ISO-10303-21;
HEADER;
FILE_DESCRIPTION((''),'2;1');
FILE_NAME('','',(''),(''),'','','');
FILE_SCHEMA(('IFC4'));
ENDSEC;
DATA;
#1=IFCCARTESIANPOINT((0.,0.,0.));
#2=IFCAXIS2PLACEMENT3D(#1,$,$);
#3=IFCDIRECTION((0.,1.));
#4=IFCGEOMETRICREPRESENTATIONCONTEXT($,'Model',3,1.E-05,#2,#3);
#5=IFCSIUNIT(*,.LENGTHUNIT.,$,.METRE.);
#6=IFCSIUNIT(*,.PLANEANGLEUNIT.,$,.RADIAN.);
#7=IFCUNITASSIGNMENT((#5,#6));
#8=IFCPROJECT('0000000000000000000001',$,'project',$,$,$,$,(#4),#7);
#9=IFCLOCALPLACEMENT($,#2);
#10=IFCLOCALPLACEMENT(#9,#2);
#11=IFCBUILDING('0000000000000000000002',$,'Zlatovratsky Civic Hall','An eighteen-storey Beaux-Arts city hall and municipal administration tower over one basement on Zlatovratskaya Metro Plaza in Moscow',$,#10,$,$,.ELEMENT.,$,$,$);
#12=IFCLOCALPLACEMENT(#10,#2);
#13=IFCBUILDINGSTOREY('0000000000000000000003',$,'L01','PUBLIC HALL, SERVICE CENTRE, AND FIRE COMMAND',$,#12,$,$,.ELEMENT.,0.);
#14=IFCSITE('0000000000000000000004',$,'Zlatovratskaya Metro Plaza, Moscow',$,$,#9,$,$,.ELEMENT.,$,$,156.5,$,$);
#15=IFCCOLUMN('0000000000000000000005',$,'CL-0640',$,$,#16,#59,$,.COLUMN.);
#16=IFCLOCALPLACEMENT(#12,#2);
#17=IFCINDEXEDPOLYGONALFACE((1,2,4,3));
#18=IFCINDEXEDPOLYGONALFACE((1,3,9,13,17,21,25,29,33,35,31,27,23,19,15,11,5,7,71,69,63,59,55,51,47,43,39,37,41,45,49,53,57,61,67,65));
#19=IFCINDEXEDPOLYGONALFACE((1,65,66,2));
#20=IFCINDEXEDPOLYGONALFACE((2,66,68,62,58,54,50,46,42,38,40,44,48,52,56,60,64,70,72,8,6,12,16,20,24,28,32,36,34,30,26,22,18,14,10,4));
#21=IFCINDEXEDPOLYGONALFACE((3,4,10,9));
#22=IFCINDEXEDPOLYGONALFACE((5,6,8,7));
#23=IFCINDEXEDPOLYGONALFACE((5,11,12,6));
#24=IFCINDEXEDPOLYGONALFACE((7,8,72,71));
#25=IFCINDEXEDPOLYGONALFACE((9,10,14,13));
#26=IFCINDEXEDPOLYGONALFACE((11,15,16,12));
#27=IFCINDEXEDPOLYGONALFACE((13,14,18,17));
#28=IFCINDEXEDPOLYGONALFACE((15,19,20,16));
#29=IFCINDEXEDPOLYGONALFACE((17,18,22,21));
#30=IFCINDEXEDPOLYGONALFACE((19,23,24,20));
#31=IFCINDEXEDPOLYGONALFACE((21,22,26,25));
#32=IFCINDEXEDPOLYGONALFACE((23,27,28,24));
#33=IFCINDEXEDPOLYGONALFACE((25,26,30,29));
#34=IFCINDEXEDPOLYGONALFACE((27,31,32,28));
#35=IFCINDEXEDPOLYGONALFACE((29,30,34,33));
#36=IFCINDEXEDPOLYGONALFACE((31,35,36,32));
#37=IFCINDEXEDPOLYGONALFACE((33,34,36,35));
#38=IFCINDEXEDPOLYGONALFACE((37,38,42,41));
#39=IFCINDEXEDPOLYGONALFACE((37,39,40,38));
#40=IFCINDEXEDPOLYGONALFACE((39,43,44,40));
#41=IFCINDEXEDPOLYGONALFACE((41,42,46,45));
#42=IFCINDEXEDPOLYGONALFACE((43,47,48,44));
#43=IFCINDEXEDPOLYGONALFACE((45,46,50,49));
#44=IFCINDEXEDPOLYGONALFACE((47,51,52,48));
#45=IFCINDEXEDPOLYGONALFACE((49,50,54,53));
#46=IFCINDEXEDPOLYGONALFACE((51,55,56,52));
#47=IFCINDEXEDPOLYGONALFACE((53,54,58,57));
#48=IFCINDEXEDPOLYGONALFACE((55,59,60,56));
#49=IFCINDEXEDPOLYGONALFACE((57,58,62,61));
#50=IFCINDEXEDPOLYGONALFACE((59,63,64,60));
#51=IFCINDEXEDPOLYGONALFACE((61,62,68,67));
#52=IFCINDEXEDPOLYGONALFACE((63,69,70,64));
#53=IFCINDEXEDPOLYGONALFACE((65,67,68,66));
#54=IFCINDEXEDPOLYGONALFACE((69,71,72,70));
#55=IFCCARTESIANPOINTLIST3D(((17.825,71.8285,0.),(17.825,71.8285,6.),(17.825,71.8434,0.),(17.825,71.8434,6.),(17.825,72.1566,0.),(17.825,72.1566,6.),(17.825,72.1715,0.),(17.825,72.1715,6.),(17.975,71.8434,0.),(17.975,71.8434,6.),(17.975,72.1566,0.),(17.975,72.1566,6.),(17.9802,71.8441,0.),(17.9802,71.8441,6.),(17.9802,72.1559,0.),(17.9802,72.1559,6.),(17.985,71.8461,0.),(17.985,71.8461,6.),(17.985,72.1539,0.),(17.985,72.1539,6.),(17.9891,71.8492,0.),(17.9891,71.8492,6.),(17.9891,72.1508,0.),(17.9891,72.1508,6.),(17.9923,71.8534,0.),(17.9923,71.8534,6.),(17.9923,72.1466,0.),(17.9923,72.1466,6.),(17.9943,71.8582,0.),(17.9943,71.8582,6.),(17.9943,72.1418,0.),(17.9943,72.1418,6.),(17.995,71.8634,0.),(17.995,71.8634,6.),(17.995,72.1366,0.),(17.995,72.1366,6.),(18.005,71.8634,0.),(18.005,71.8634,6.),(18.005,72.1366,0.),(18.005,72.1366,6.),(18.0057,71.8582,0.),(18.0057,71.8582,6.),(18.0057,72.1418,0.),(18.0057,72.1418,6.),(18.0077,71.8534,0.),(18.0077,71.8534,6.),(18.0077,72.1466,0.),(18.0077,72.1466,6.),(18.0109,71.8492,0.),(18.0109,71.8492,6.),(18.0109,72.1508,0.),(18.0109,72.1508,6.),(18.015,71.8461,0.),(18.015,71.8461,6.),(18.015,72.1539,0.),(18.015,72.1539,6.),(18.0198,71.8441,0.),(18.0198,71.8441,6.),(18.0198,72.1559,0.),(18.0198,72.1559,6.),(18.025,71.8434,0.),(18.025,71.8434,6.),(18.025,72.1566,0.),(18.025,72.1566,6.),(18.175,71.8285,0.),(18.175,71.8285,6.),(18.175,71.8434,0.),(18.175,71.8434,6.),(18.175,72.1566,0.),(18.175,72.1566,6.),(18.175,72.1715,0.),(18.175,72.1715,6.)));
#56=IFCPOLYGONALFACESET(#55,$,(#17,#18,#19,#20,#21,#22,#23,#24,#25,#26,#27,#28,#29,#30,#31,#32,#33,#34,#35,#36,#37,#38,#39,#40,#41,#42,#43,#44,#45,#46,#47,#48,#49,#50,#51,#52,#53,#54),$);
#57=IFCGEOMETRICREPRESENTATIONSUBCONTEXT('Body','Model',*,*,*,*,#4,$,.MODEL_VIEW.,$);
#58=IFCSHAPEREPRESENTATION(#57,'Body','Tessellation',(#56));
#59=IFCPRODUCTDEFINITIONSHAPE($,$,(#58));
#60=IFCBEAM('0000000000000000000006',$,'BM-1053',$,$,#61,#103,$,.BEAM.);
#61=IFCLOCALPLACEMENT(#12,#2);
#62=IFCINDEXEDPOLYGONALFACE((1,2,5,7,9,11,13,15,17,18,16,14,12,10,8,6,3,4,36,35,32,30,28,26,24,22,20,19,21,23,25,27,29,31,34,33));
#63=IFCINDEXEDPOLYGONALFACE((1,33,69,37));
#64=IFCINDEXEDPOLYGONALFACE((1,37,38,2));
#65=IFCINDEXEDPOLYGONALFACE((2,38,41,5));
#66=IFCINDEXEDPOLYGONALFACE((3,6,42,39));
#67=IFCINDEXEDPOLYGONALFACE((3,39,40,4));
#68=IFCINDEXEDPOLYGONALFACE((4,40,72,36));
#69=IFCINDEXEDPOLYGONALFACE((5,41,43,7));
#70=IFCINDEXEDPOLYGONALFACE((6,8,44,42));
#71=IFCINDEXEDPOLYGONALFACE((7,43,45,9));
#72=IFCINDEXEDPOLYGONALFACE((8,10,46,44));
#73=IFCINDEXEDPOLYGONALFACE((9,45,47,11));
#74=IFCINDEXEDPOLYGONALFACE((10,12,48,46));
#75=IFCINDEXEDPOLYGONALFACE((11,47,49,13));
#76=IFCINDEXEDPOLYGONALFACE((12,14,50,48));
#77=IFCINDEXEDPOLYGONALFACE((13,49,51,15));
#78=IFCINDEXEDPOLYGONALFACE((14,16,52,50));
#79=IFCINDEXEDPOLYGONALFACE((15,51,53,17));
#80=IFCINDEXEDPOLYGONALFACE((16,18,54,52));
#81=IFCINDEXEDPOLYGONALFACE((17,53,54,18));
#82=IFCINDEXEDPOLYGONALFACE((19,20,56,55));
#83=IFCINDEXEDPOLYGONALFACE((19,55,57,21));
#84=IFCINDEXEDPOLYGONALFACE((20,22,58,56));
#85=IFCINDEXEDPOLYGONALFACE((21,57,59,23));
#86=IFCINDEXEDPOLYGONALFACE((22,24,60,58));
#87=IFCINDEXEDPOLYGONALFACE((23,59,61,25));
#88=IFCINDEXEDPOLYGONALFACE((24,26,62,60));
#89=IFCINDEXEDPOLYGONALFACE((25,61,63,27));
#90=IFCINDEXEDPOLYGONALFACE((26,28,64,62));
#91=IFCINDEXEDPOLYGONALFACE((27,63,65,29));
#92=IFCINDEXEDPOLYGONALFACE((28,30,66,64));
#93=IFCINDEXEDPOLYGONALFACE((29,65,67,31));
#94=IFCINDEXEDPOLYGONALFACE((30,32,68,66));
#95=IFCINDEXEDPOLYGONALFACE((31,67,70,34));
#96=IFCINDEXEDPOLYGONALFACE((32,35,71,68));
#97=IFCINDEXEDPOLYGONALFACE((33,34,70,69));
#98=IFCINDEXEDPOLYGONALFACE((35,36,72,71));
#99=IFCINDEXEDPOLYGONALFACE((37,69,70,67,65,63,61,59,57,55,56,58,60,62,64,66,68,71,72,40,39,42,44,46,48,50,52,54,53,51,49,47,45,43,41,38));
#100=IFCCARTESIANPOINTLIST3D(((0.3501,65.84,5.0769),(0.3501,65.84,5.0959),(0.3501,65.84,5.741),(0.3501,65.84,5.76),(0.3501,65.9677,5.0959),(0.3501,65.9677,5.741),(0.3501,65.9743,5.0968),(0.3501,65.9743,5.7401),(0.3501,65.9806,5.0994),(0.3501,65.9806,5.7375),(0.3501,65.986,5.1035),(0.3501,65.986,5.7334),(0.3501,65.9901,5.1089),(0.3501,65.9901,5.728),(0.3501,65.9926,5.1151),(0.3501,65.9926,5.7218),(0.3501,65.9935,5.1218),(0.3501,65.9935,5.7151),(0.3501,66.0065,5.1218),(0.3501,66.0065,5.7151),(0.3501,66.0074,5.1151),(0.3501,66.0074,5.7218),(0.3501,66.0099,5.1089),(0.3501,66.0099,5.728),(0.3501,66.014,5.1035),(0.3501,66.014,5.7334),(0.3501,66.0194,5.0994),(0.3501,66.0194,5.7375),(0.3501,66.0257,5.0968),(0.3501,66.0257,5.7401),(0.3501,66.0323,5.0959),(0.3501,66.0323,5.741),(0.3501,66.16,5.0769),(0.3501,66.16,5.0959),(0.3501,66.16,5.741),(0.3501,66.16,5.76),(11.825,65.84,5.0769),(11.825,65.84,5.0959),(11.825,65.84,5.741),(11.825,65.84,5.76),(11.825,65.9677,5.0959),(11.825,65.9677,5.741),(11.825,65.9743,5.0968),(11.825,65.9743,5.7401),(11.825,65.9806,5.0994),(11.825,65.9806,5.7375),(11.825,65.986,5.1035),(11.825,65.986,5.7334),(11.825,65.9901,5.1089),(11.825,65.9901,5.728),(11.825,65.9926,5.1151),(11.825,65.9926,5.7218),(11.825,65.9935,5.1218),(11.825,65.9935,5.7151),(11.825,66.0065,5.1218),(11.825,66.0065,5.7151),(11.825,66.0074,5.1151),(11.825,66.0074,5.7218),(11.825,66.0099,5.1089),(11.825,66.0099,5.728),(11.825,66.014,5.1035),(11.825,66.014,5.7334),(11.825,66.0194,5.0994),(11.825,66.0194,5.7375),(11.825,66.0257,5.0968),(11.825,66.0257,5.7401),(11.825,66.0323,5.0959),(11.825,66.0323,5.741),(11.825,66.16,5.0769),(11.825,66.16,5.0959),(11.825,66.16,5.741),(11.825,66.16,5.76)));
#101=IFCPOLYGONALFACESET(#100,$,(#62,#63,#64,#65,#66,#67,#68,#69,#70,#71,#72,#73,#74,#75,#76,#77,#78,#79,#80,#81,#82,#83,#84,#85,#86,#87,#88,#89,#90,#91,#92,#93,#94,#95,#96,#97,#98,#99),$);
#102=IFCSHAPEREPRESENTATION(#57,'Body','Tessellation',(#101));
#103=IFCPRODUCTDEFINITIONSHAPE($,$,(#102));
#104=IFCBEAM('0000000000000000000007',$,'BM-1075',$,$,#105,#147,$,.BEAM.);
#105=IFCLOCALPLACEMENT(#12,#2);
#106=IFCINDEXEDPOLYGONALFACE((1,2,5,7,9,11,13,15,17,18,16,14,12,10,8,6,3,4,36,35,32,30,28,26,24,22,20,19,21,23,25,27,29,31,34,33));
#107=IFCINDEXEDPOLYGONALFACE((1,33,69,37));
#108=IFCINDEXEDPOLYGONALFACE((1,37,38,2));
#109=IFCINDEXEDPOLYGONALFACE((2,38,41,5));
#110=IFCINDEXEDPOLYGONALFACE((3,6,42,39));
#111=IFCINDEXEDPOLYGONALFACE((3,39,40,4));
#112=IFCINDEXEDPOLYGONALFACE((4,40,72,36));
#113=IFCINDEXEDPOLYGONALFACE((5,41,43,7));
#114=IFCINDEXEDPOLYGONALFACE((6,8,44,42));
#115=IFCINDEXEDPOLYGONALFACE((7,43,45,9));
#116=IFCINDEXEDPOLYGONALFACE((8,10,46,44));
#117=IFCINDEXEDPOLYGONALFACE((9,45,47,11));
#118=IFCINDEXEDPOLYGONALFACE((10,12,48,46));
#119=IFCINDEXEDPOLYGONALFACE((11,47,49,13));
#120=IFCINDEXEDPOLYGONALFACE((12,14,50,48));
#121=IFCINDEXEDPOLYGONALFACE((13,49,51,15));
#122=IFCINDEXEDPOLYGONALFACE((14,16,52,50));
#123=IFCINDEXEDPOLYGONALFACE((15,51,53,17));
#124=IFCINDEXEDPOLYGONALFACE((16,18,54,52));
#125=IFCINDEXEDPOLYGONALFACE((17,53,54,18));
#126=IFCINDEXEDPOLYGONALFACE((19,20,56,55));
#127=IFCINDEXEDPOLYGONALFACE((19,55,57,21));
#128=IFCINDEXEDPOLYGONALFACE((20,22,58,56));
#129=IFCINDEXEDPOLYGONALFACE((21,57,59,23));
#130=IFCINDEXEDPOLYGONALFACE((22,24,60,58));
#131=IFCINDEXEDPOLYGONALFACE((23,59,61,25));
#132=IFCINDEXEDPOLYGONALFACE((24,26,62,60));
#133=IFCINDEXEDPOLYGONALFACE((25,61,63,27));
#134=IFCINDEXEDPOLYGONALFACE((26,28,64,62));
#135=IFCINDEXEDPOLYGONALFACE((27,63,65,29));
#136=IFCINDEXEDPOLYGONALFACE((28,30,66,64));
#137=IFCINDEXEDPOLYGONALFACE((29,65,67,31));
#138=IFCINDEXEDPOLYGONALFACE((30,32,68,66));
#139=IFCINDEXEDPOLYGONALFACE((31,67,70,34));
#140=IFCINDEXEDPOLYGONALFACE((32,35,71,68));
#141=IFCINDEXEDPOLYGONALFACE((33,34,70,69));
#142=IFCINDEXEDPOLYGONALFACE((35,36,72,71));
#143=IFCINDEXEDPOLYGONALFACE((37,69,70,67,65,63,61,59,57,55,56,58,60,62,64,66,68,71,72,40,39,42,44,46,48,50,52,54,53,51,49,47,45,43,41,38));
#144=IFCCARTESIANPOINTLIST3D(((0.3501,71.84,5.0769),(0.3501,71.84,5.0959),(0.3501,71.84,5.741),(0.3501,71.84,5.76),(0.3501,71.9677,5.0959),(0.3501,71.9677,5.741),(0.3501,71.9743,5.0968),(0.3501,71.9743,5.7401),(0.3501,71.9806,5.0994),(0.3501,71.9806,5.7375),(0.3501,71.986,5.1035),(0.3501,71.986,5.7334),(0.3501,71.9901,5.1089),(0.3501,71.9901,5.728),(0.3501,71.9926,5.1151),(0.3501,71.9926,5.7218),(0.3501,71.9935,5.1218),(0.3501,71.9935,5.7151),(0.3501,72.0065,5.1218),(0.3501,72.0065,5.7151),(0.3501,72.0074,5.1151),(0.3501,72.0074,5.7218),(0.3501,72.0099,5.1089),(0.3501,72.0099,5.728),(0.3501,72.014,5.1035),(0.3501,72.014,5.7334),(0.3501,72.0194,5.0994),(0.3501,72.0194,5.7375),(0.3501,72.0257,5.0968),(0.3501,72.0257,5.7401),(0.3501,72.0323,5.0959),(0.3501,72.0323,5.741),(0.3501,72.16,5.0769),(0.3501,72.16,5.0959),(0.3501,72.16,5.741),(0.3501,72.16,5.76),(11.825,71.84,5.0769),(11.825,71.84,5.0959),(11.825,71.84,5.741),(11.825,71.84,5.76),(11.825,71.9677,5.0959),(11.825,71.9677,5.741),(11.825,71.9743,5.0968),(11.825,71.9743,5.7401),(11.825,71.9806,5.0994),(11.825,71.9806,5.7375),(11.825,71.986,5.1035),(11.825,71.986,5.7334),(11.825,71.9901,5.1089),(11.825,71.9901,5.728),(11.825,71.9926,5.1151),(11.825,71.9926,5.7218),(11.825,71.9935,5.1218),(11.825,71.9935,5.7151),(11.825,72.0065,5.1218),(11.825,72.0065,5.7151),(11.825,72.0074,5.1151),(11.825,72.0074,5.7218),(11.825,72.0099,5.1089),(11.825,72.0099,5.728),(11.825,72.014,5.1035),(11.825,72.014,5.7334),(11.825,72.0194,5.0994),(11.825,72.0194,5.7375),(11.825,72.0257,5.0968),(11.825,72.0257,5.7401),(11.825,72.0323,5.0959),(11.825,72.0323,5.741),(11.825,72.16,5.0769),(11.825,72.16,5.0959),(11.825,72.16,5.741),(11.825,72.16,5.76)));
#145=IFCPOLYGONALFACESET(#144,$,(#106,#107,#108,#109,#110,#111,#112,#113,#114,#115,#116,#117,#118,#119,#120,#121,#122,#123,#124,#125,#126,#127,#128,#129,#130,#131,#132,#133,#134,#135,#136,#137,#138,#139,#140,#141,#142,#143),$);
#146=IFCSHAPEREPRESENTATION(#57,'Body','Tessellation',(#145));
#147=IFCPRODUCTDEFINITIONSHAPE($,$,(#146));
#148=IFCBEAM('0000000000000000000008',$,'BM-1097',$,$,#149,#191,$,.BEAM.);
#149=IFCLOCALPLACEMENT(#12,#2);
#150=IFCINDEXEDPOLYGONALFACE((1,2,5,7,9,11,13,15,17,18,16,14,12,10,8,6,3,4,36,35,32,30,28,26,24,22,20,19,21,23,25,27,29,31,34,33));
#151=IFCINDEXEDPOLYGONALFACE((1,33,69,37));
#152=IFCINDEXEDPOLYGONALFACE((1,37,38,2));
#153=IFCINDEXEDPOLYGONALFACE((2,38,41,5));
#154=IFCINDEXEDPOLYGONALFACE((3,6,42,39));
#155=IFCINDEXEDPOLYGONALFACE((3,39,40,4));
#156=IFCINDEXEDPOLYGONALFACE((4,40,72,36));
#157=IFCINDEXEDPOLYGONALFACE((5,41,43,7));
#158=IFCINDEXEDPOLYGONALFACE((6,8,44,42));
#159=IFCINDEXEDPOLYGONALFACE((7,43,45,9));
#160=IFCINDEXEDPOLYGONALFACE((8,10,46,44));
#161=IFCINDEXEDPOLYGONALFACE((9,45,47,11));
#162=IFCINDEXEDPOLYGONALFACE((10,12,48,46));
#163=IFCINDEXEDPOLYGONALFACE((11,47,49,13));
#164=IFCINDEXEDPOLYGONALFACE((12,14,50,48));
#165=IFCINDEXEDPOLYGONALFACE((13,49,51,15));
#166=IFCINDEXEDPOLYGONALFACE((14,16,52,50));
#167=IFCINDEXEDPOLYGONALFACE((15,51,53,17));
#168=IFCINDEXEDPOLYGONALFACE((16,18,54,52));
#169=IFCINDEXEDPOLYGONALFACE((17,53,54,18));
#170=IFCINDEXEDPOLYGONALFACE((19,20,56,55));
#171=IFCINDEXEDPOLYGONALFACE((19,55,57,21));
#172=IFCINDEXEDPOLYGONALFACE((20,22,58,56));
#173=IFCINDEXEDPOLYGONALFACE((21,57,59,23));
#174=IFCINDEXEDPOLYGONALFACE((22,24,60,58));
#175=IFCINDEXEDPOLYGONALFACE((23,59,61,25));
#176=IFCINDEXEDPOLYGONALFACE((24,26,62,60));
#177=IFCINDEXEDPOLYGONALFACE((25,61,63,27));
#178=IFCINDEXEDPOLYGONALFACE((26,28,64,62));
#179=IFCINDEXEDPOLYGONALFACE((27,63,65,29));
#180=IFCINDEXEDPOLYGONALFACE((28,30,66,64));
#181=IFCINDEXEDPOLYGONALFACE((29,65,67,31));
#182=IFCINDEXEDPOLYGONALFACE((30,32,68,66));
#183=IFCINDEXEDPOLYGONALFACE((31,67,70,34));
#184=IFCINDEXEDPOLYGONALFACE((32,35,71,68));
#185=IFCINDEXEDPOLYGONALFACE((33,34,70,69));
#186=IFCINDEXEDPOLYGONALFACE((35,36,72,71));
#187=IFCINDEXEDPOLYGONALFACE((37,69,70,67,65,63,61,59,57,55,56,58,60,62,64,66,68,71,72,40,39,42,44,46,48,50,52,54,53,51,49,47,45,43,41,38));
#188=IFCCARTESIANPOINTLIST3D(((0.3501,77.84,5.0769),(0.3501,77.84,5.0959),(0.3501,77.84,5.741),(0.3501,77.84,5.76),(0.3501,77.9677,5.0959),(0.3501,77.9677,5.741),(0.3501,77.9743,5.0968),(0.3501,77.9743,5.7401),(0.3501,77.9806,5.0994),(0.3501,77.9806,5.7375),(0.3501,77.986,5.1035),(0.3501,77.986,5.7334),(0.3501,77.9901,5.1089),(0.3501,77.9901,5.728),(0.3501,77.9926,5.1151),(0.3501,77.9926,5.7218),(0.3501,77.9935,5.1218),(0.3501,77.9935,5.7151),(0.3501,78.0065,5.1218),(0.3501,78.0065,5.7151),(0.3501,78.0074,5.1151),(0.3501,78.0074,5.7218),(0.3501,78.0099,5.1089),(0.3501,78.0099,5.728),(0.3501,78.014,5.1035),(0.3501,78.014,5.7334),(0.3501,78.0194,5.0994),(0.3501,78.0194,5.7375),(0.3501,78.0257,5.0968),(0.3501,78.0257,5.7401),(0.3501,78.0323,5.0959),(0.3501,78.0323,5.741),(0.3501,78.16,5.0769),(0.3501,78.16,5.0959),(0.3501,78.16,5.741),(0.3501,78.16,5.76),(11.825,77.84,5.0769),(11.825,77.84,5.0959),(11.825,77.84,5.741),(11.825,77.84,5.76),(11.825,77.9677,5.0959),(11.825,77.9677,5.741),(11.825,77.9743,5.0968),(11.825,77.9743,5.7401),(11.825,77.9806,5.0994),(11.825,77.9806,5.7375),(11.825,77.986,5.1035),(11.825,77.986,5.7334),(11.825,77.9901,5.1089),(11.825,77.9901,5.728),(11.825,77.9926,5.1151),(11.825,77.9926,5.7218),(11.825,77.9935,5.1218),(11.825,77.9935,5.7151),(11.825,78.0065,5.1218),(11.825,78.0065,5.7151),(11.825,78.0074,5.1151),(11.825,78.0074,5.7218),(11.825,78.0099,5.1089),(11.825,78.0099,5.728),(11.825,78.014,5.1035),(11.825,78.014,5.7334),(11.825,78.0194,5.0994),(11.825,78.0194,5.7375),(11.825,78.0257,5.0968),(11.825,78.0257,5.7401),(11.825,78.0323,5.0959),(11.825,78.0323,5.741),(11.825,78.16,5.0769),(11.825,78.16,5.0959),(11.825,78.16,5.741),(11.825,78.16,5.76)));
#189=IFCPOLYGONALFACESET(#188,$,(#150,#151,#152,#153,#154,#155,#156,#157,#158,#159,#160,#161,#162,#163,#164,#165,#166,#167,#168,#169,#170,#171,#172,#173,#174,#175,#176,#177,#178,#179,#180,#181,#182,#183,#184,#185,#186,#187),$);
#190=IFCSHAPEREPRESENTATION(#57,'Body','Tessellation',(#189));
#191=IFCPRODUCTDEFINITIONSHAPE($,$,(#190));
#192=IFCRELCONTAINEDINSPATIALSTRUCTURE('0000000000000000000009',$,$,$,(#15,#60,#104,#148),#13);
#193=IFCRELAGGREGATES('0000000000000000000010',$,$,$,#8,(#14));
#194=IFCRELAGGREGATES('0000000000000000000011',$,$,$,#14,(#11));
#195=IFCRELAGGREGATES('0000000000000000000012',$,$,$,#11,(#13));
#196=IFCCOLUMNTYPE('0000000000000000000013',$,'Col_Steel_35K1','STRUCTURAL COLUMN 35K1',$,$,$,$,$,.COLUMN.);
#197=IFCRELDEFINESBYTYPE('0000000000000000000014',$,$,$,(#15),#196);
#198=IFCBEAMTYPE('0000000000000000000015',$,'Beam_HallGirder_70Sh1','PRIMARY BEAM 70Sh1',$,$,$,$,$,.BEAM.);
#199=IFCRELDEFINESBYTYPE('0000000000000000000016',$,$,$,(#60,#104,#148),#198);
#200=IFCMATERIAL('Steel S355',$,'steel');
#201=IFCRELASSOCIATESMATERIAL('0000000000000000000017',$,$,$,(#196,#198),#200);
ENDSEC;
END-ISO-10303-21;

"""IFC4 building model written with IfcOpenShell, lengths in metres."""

from ifc_helpers import new_model, si_unit, direction, frame, origin, origin_2d, place, context, subcontext, project, spatial, i_section, extrude, material, material_profile, profile_set, type_object, element, save


model = new_model("IFC4")

# Units and contexts
model_context = context("Model", 3, precision=1e-05, world=origin(), true_north=direction((0.0, 1.0)))
body_context = subcontext(model_context, "Body", "Model", "MODEL_VIEW")
ifc_project = project(units=[si_unit("LENGTHUNIT", "METRE"), si_unit("PLANEANGLEUNIT", "RADIAN")], contexts=[model_context])

# Site, building, storey
site_placement = place(None, origin())
site = spatial("IfcSite", under=ifc_project, at=site_placement, Name="Zlatovratskaya Metro Plaza, Moscow", CompositionType="ELEMENT", RefElevation=156.5)
building_placement = place(site_placement, origin())
building = spatial("IfcBuilding", under=site, at=building_placement, Name="Zlatovratsky Civic Hall", Description="An eighteen-storey Beaux-Arts city hall and municipal administration tower over one basement on Zlatovratskaya Metro Plaza in Moscow", CompositionType="ELEMENT")
storey_placement = place(building_placement, origin())
storey = spatial("IfcBuildingStorey", under=building, at=storey_placement, Name="L01", Description="PUBLIC HALL, SERVICE CENTRE, AND FIRE COMMAND", CompositionType="ELEMENT", Elevation=0.0)

# Column
ifc_material_1 = material(Name="Steel S355", Category="steel")
ifc_material_profile_1 = material_profile(ifc_material_1, i_section(OverallWidth=0.3501, OverallDepth=0.343, WebThickness=0.01, FlangeThickness=0.0149, FilletRadius=0.02, at=origin_2d()), Name="35K1")
ifc_profile_set_1 = profile_set([ifc_material_profile_1], Name="Steel S355")
column_type_1 = type_object("IfcColumnType", Name="Col_Steel_35K1", Description="STRUCTURAL COLUMN 35K1", PredefinedType="COLUMN", material=ifc_profile_set_1)
for number, where, z_axis, x_axis, name in (
    (1, (18.0, 72.0, 0.0), (0.0, 0.0, 1.0), (1.0, 0.0, 0.0), "CL-0640"),
):
    element("IfcColumn", number, at=place(storey_placement, frame(where, z_axis=z_axis, x_axis=x_axis)), inside=storey, type_object=column_type_1, Name=name, PredefinedType="COLUMN", context=body_context, shape_type="SweptSolid", body=[
        extrude(i_section(OverallWidth=0.3501, OverallDepth=0.343, WebThickness=0.01, FlangeThickness=0.0149, FilletRadius=0.02, at=origin_2d()), origin(), (0.0, 0.0, 1.0), 6.0),
    ])

# Beams
ifc_material_profile_2 = material_profile(ifc_material_1, i_section(OverallWidth=0.3201, OverallDepth=0.6831, WebThickness=0.0129, FlangeThickness=0.019, FilletRadius=0.0259, at=origin_2d()), Name="70Sh1")
ifc_profile_set_2 = profile_set([ifc_material_profile_2], Name="Steel S355")
beam_type_1 = type_object("IfcBeamType", Name="Beam_HallGirder_70Sh1", Description="PRIMARY BEAM 70Sh1", PredefinedType="BEAM", material=ifc_profile_set_2)
for number, where, z_axis, x_axis, name in (
    (2, (0.3501, 66.0, 5.4185), (1.0, 0.0, 0.0), (0.0, 1.0, 0.0), "BM-1053"),
    (3, (0.3501, 72.0, 5.4185), (1.0, 0.0, 0.0), (0.0, 1.0, 0.0), "BM-1075"),
    (4, (0.3501, 78.0, 5.4185), (1.0, 0.0, 0.0), (0.0, 1.0, 0.0), "BM-1097"),
):
    element("IfcBeam", number, at=place(storey_placement, frame(where, z_axis=z_axis, x_axis=x_axis)), inside=storey, type_object=beam_type_1, Name=name, PredefinedType="BEAM", context=body_context, shape_type="SweptSolid", body=[
        extrude(i_section(OverallWidth=0.3201, OverallDepth=0.6831, WebThickness=0.0129, FlangeThickness=0.019, FilletRadius=0.0259, at=origin_2d()), origin(), (0.0, 0.0, 1.0), 11.4749),
    ])

save(model, "model.ifc")
